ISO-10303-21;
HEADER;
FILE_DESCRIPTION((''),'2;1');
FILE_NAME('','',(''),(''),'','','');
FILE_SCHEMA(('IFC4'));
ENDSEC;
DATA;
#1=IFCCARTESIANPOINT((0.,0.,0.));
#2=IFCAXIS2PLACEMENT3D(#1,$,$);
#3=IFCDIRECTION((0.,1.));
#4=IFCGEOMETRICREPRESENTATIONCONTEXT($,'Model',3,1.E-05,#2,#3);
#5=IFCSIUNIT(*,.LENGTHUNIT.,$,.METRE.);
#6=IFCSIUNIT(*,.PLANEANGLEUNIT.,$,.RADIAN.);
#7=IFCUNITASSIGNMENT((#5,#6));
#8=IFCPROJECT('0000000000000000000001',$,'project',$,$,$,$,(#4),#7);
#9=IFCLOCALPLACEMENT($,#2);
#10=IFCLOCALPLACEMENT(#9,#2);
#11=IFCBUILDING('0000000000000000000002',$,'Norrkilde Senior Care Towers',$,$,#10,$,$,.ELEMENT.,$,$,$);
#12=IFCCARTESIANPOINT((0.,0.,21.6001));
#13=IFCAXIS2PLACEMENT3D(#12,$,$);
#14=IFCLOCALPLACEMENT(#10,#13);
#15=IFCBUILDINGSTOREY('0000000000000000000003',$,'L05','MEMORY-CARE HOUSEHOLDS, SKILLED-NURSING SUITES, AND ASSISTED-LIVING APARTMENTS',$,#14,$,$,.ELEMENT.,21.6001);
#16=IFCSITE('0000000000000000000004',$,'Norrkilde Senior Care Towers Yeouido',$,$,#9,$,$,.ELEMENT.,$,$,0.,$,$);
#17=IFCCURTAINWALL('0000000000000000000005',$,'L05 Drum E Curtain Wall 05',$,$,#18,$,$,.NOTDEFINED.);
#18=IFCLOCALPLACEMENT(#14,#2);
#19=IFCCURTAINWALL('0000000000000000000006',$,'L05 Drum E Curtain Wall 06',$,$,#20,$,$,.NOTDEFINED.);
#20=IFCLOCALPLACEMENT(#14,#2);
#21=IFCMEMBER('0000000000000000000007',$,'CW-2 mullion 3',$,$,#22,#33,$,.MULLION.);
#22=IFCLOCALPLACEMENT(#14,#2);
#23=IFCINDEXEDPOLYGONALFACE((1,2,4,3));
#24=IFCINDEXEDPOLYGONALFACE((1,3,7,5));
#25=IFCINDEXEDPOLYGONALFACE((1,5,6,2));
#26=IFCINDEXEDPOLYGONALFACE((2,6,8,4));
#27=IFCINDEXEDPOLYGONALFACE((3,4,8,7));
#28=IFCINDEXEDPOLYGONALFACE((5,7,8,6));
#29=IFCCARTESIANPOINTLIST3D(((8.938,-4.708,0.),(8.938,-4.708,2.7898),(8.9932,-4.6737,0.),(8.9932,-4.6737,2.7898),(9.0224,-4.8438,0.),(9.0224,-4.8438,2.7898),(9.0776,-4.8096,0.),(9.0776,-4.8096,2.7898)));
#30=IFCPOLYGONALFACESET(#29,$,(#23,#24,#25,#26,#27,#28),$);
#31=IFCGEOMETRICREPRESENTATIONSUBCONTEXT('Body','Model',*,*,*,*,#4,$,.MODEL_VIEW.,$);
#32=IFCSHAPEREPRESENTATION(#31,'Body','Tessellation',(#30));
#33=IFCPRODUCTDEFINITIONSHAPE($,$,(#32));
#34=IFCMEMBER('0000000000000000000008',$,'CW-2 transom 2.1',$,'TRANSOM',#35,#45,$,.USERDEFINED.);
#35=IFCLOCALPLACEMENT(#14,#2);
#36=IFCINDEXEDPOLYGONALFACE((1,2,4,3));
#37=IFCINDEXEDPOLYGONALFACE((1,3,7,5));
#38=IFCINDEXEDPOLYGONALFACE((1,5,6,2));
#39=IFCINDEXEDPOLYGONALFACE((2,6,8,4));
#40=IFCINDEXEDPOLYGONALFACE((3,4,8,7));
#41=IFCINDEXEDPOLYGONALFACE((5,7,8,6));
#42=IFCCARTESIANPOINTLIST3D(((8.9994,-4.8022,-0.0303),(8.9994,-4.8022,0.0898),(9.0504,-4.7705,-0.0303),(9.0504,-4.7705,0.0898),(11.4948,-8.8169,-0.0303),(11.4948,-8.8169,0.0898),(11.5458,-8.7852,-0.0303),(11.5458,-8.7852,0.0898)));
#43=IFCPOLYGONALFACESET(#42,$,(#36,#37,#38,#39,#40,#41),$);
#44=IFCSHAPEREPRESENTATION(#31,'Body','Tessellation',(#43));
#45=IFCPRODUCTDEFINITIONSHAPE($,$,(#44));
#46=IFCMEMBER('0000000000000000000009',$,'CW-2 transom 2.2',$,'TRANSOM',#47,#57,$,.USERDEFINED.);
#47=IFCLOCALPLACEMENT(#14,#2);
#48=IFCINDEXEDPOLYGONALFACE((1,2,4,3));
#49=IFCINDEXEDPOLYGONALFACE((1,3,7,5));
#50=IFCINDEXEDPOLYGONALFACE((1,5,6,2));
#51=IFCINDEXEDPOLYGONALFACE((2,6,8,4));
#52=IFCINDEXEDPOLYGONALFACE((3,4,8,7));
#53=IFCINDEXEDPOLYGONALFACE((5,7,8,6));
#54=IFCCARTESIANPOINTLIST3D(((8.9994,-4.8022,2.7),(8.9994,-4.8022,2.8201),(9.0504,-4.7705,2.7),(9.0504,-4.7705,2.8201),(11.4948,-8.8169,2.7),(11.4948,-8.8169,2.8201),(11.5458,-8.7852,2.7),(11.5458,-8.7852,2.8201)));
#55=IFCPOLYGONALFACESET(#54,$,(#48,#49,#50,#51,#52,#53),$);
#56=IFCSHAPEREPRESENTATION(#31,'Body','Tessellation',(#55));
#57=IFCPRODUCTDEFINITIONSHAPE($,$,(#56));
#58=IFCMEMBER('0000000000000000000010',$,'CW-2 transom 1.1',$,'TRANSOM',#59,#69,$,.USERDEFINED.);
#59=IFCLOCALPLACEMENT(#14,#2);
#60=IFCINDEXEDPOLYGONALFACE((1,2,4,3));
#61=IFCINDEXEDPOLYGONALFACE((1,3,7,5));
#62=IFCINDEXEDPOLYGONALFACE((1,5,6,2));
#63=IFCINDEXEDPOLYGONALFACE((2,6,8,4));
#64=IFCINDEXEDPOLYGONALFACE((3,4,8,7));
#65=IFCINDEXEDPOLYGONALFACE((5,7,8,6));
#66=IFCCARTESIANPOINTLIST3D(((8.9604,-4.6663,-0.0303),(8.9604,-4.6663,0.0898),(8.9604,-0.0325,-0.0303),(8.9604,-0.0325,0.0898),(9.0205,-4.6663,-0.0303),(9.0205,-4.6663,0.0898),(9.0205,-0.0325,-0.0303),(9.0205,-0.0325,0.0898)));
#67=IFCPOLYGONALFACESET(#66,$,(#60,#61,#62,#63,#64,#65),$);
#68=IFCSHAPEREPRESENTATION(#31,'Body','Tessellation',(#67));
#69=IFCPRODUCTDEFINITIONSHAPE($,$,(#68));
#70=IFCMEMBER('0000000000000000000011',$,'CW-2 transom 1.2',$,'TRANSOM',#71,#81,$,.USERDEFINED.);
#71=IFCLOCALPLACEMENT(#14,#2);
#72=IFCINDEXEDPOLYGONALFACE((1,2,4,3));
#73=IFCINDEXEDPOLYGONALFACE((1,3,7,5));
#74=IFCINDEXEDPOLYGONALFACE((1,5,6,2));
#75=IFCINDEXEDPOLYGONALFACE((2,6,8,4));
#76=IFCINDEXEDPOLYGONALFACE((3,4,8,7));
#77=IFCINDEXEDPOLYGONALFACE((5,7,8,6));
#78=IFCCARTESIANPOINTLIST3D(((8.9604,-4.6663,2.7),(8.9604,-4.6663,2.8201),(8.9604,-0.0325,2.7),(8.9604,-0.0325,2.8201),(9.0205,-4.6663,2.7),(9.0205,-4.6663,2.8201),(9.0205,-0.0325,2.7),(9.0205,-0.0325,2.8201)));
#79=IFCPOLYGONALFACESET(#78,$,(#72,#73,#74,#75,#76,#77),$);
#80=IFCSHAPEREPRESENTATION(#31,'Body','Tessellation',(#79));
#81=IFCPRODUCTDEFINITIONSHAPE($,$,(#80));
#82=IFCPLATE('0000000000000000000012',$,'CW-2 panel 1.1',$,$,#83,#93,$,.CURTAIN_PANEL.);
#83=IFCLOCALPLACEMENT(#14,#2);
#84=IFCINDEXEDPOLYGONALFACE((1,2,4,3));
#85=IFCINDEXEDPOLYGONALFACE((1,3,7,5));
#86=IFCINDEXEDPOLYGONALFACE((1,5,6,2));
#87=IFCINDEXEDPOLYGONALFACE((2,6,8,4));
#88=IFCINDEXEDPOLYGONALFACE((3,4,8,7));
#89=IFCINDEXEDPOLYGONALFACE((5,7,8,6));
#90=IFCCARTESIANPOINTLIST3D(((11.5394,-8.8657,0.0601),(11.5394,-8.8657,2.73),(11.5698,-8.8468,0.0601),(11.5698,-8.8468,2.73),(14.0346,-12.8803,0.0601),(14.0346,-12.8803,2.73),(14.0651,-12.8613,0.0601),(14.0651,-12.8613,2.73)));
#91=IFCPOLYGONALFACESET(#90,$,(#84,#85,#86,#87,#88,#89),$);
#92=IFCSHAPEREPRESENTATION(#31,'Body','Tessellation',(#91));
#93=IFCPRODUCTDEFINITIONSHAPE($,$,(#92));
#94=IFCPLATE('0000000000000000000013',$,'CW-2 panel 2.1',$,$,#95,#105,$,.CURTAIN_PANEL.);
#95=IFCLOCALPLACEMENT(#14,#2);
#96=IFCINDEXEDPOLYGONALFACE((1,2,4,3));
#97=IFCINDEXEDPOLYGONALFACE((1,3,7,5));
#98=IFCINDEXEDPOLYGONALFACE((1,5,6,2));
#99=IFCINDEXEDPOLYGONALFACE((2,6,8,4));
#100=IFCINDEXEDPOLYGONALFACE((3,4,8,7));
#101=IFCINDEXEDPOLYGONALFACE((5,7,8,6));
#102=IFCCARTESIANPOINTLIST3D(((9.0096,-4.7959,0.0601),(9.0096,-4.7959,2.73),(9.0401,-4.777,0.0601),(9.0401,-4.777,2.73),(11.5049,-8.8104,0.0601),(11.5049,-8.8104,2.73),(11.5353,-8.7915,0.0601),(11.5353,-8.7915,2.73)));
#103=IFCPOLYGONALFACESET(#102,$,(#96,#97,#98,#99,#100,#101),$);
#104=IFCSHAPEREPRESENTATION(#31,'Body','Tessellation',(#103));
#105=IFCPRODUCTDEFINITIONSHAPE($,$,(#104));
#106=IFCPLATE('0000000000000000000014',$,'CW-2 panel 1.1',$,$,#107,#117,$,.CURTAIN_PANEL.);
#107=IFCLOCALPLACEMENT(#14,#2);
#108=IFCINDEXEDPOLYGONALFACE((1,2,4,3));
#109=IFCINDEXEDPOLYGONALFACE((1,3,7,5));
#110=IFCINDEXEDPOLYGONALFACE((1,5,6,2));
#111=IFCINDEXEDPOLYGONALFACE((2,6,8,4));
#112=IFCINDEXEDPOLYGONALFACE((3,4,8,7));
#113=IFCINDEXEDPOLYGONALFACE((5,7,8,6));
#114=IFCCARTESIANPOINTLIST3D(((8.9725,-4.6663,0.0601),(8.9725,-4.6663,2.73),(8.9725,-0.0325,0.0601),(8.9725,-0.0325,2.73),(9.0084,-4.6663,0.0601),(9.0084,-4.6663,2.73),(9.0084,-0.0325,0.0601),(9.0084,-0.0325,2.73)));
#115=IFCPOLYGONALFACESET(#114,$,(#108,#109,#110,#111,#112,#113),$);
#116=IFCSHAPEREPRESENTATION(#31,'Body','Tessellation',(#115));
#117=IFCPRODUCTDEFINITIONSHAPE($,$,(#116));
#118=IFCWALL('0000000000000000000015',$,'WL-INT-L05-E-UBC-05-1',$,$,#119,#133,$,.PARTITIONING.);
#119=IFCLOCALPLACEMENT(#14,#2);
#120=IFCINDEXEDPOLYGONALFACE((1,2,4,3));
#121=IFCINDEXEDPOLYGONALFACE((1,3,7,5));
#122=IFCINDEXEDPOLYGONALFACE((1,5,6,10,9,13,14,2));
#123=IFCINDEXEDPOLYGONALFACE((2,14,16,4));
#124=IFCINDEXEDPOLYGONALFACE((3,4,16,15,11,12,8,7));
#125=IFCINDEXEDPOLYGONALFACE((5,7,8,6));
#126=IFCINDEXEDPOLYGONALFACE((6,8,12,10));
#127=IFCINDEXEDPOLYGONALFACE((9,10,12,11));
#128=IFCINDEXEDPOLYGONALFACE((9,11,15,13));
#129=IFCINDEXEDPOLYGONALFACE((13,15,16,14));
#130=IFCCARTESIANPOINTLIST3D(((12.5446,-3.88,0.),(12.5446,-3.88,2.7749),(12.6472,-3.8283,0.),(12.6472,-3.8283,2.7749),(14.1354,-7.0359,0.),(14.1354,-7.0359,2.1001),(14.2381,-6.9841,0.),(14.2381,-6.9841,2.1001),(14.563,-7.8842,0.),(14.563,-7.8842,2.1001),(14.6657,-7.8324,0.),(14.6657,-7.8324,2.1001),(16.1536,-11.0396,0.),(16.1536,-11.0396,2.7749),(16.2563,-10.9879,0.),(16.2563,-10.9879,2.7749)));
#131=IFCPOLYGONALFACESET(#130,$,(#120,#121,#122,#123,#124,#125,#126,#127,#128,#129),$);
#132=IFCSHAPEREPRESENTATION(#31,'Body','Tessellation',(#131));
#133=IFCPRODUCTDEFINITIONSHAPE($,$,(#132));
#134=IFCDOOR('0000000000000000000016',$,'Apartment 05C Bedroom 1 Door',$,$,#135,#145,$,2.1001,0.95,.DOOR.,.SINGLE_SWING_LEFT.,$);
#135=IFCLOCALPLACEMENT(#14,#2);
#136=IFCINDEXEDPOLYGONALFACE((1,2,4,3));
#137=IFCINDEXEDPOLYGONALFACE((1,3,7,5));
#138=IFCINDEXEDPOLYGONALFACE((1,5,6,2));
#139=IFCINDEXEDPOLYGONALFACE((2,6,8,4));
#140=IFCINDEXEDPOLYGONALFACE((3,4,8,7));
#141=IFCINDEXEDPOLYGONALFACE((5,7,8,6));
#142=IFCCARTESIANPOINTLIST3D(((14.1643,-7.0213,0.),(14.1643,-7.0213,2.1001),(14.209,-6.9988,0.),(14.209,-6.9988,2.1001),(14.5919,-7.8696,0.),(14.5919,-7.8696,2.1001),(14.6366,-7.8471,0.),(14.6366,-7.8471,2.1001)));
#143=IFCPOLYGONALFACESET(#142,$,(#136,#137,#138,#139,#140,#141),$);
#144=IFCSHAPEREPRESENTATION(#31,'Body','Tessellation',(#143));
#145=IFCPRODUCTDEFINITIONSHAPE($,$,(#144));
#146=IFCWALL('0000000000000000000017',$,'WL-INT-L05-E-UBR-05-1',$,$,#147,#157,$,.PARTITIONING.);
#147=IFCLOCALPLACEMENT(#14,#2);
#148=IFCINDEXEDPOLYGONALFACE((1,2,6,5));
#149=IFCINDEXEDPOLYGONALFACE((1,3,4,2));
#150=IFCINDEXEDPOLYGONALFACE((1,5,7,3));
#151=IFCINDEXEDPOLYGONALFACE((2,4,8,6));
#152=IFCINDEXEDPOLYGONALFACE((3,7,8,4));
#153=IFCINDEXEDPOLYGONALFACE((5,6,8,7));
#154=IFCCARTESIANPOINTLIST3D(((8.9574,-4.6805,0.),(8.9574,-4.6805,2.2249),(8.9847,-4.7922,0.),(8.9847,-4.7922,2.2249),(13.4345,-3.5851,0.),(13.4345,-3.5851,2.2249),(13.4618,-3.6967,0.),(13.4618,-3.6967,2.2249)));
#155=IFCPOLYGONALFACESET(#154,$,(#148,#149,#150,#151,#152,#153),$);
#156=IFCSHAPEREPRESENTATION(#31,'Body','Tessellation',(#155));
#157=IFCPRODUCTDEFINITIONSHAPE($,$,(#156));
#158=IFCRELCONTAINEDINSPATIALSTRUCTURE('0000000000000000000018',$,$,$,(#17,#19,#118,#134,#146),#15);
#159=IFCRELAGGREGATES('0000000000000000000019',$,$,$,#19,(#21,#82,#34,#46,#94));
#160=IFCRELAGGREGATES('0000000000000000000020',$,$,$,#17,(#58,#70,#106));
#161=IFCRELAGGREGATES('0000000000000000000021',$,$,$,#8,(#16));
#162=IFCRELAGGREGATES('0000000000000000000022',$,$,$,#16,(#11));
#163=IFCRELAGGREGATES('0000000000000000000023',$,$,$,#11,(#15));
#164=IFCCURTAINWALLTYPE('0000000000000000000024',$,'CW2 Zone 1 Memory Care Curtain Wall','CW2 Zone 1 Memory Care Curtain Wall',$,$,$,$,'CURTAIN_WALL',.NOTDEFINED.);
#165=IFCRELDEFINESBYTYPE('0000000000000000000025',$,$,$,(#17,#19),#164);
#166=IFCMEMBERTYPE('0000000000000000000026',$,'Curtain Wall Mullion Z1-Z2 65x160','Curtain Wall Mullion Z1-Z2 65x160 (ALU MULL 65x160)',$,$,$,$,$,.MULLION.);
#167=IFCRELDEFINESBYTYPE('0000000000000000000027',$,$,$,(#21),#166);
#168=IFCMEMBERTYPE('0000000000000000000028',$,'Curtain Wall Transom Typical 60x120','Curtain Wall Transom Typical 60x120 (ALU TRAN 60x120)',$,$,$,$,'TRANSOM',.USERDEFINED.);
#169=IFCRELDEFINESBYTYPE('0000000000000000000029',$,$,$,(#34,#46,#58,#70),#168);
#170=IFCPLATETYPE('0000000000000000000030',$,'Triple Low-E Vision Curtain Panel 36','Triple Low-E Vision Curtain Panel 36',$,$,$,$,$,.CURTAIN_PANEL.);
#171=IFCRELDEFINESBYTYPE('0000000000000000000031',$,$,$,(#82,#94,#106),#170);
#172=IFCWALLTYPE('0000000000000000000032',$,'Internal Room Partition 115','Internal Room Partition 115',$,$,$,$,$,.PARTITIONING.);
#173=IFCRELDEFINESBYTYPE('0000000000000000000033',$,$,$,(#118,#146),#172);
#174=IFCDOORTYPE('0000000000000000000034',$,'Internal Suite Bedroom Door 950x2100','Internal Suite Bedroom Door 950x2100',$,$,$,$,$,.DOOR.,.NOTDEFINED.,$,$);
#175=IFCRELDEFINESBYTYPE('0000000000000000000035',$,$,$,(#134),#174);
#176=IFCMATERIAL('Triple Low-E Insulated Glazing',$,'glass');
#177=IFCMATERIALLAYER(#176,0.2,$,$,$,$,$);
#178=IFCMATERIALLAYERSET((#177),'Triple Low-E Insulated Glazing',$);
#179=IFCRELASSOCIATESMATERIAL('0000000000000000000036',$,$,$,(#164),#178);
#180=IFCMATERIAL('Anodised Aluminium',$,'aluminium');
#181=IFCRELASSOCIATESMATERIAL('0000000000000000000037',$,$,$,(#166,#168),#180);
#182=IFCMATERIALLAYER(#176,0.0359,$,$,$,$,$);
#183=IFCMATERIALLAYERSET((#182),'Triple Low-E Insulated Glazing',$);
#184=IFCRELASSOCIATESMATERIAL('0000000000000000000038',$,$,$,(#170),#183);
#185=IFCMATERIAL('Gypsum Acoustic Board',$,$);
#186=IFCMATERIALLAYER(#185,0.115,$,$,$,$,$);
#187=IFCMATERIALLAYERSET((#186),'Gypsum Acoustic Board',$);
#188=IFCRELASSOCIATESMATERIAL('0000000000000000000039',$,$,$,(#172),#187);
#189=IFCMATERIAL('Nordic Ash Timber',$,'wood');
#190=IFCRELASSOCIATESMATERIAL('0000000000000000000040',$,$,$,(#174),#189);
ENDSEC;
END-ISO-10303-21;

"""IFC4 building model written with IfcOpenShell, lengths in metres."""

from ifc_helpers import new_model, si_unit, direction, frame, frame_2d, origin, origin_2d, place, context, subcontext, project, spatial, rectangle, extrude, source, transform, mapped, material, layer, layer_set, material_profile, profile_set, type_object, type_shapes, element, fill, aggregate, save


model = new_model("IFC4")

# Units and contexts
model_context = context("Model", 3, precision=1e-05, world=origin(), true_north=direction((0.0, 1.0)))
body_context = subcontext(model_context, "Body", "Model", "MODEL_VIEW")
ifc_project = project(units=[si_unit("LENGTHUNIT", "METRE"), si_unit("PLANEANGLEUNIT", "RADIAN")], contexts=[model_context])

# Site, building, storey
site_placement = place(None, origin())
site = spatial("IfcSite", under=ifc_project, at=site_placement, Name="Norrkilde Senior Care Towers Yeouido", CompositionType="ELEMENT", RefElevation=0.0)
building_placement = place(site_placement, origin())
building = spatial("IfcBuilding", under=site, at=building_placement, Name="Norrkilde Senior Care Towers", CompositionType="ELEMENT")
storey_placement = place(building_placement, frame((0.0, 0.0, 21.6001)))
storey = spatial("IfcBuildingStorey", under=building, at=storey_placement, Name="L05", Description="MEMORY-CARE HOUSEHOLDS, SKILLED-NURSING SUITES, AND ASSISTED-LIVING APARTMENTS", CompositionType="ELEMENT", Elevation=21.6001)

# Curtain wall
ifc_material_1 = material(Name="Triple Low-E Insulated Glazing", Category="glass")
ifc_layer_1 = layer(ifc_material_1, 0.2)
ifc_layer_set_1 = layer_set([ifc_layer_1], Name="Triple Low-E Insulated Glazing")
curtain_wall_type = type_object("IfcCurtainWallType", Name="CW2 Zone 1 Memory Care Curtain Wall", Description="CW2 Zone 1 Memory Care Curtain Wall", ElementType="CURTAIN_WALL", PredefinedType="NOTDEFINED", material=ifc_layer_set_1)
curtain_wall_1_placement = place(storey_placement, origin())
curtain_wall_1 = element("IfcCurtainWall", 1, at=curtain_wall_1_placement, inside=storey, type_object=curtain_wall_type, Name="L05 Drum E Curtain Wall 05", PredefinedType="NOTDEFINED")
ifc_material_2 = material(Name="Anodised Aluminium", Category="aluminium")
ifc_material_profile_1 = material_profile(ifc_material_2, rectangle(XDim=0.0649, YDim=0.1599, at=origin_2d()), Name="ALU MULL 65x160")
ifc_profile_set_1 = profile_set([ifc_material_profile_1], Name="Anodised Aluminium")
member_type_1 = type_object("IfcMemberType", Name="Curtain Wall Mullion Z1-Z2 65x160", Description="Curtain Wall Mullion Z1-Z2 65x160 (ALU MULL 65x160)", PredefinedType="MULLION", material=ifc_profile_set_1)
shared_shape_1 = source(origin(), body_context, "Body", "SweptSolid", [
    extrude(rectangle(XDim=0.0649, YDim=0.1599, at=origin_2d()), origin(), (0.0, 0.0, 1.0), 2.7898),
])
type_shapes(member_type_1, [shared_shape_1])

# Curtain wall, members
curtain_wall_2_placement = place(storey_placement, origin())
curtain_wall_2 = element("IfcCurtainWall", 2, at=curtain_wall_2_placement, inside=storey, type_object=curtain_wall_type, Name="L05 Drum E Curtain Wall 06", PredefinedType="NOTDEFINED")
member_1_placement = place(storey_placement, frame((9.0078, -4.7588, 0.0), z_axis=(0.0, 0.0, 1.0), x_axis=(-0.849306, -0.527901, 0.0)))
member_1 = element("IfcMember", 3, at=member_1_placement, type_object=member_type_1, Name="CW-2 mullion 3", PredefinedType="MULLION", context=body_context, shape_type="MappedRepresentation", body=[
    mapped(shared_shape_1, transform((0.0, 0.0, 0.0), x_axis=(1.0, 0.0, 0.0), y_axis=(0.0, 1.0, 0.0), z_axis=(0.0, 0.0, 1.0), scale=1.0)),
])
ifc_material_profile_2 = material_profile(ifc_material_2, rectangle(XDim=0.0601, YDim=0.1201, at=origin_2d()), Name="ALU TRAN 60x120")
ifc_profile_set_2 = profile_set([ifc_material_profile_2], Name="Anodised Aluminium")
member_type_2 = type_object("IfcMemberType", Name="Curtain Wall Transom Typical 60x120", Description="Curtain Wall Transom Typical 60x120 (ALU TRAN 60x120)", ElementType="TRANSOM", PredefinedType="USERDEFINED", material=ifc_profile_set_2)
shared_shape_2 = source(origin(), body_context, "Body", "SweptSolid", [
    extrude(rectangle(XDim=0.0601, YDim=0.1201, at=origin_2d()), origin(), (0.0, 0.0, 1.0), 4.7271),
])
member_2_placement = place(storey_placement, frame((11.5203, -8.801, 0.0298), z_axis=(-0.527899, 0.849307, 0.0), x_axis=(-0.849307, -0.527899, 0.0)))
member_2 = element("IfcMember", 4, at=member_2_placement, type_object=member_type_2, Name="CW-2 transom 2.1", ObjectType="TRANSOM", PredefinedType="USERDEFINED", context=body_context, shape_type="MappedRepresentation", body=[
    mapped(shared_shape_2, transform((0.0, 0.0, 0.0), x_axis=(1.0, 0.0, 0.0), y_axis=(0.0, 1.0, 0.0), z_axis=(0.0, 0.0, 1.0), scale=1.0)),
])
member_3_placement = place(storey_placement, frame((11.5203, -8.801, 2.76), z_axis=(-0.527899, 0.849307, 0.0), x_axis=(-0.849307, -0.527899, 0.0)))
member_3 = element("IfcMember", 5, at=member_3_placement, type_object=member_type_2, Name="CW-2 transom 2.2", ObjectType="TRANSOM", PredefinedType="USERDEFINED", context=body_context, shape_type="MappedRepresentation", body=[
    mapped(shared_shape_2, transform((0.0, 0.0, 0.0), x_axis=(1.0, 0.0, 0.0), y_axis=(0.0, 1.0, 0.0), z_axis=(0.0, 0.0, 1.0), scale=1.0)),
])

# Members
shared_shape_3 = source(origin(), body_context, "Body", "SweptSolid", [
    extrude(rectangle(XDim=0.0601, YDim=0.1201, at=origin_2d()), origin(), (0.0, 0.0, 1.0), 4.6338),
])
type_shapes(member_type_2, [shared_shape_2, shared_shape_3])
member_4_placement = place(storey_placement, frame((8.9905, -4.6663, 0.0298), z_axis=(0.0, 1.0, 0.0), x_axis=(-1.0, 0.0, 0.0)))
member_4 = element("IfcMember", 6, at=member_4_placement, type_object=member_type_2, Name="CW-2 transom 1.1", ObjectType="TRANSOM", PredefinedType="USERDEFINED", context=body_context, shape_type="MappedRepresentation", body=[
    mapped(shared_shape_3, transform((0.0, 0.0, 0.0), x_axis=(1.0, 0.0, 0.0), y_axis=(0.0, 1.0, 0.0), z_axis=(0.0, 0.0, 1.0), scale=1.0)),
])
member_5_placement = place(storey_placement, frame((8.9905, -4.6663, 2.76), z_axis=(0.0, 1.0, 0.0), x_axis=(-1.0, 0.0, 0.0)))
member_5 = element("IfcMember", 7, at=member_5_placement, type_object=member_type_2, Name="CW-2 transom 1.2", ObjectType="TRANSOM", PredefinedType="USERDEFINED", context=body_context, shape_type="MappedRepresentation", body=[
    mapped(shared_shape_3, transform((0.0, 0.0, 0.0), x_axis=(1.0, 0.0, 0.0), y_axis=(0.0, 1.0, 0.0), z_axis=(0.0, 0.0, 1.0), scale=1.0)),
])

# Plates
ifc_layer_2 = layer(ifc_material_1, 0.0359)
ifc_layer_set_2 = layer_set([ifc_layer_2], Name="Triple Low-E Insulated Glazing")
plate_type = type_object("IfcPlateType", Name="Triple Low-E Vision Curtain Panel 36", Description="Triple Low-E Vision Curtain Panel 36", PredefinedType="CURTAIN_PANEL", material=ifc_layer_set_2)
shared_shape_4 = source(origin(), body_context, "Body", "SweptSolid", [
    extrude(rectangle(XDim=4.7268, YDim=0.0359, at=origin_2d()), origin(), (0.0, 0.0, 1.0), 2.6699),
])
plate_1_placement = place(storey_placement, frame((12.8022, -10.8635, 0.0601), z_axis=(0.0, 0.0, 1.0), x_axis=(-0.527901, 0.849306, 0.0)))
plate_1 = element("IfcPlate", 8, at=plate_1_placement, type_object=plate_type, Name="CW-2 panel 1.1", PredefinedType="CURTAIN_PANEL", context=body_context, shape_type="MappedRepresentation", body=[
    mapped(shared_shape_4, transform((0.0, 0.0, 0.0), x_axis=(1.0, 0.0, 0.0), y_axis=(0.0, 1.0, 0.0), z_axis=(0.0, 0.0, 1.0), scale=1.0)),
])
plate_2_placement = place(storey_placement, frame((10.2725, -6.7937, 0.0601), z_axis=(0.0, 0.0, 1.0), x_axis=(-0.527901, 0.849306, 0.0)))
plate_2 = element("IfcPlate", 9, at=plate_2_placement, type_object=plate_type, Name="CW-2 panel 2.1", PredefinedType="CURTAIN_PANEL", context=body_context, shape_type="MappedRepresentation", body=[
    mapped(shared_shape_4, transform((0.0, 0.0, 0.0), x_axis=(1.0, 0.0, 0.0), y_axis=(0.0, 1.0, 0.0), z_axis=(0.0, 0.0, 1.0), scale=1.0)),
])
aggregate(curtain_wall_2, [member_1, plate_1, member_2, member_3, plate_2])
shared_shape_5 = source(origin(), body_context, "Body", "SweptSolid", [
    extrude(rectangle(XDim=4.6338, YDim=0.0359, at=origin_2d()), origin(), (0.0, 0.0, 1.0), 2.6699),
])
type_shapes(plate_type, [shared_shape_4, shared_shape_5])
plate_3_placement = place(storey_placement, frame((8.9905, -2.3494, 0.0601), z_axis=(0.0, 0.0, 1.0), x_axis=(0.0, 1.0, 0.0)))
plate_3 = element("IfcPlate", 10, at=plate_3_placement, type_object=plate_type, Name="CW-2 panel 1.1", PredefinedType="CURTAIN_PANEL", context=body_context, shape_type="MappedRepresentation", body=[
    mapped(shared_shape_5, transform((0.0, 0.0, 0.0), x_axis=(1.0, 0.0, 0.0), y_axis=(0.0, 1.0, 0.0), z_axis=(0.0, 0.0, 1.0), scale=1.0)),
])
aggregate(curtain_wall_1, [member_4, member_5, plate_3])

# Wall, opening, door
ifc_material_3 = material(Name="Gypsum Acoustic Board")
ifc_layer_3 = layer(ifc_material_3, 0.115)
ifc_layer_set_3 = layer_set([ifc_layer_3], Name="Gypsum Acoustic Board")
wall_type = type_object("IfcWallType", Name="Internal Room Partition 115", Description="Internal Room Partition 115", PredefinedType="PARTITIONING", material=ifc_layer_set_3)
shared_shape_6 = source(origin(), body_context, "Body", "SweptSolid", [
    extrude(rectangle(XDim=8.0178, YDim=0.115, at=frame_2d((4.0088, 0.0))), origin(), (0.0, 0.0, 1.0), 2.7749),
])
wall_1_placement = place(storey_placement, frame((12.5959, -3.8542, 0.0), z_axis=(0.0, 0.0, 1.0), x_axis=(0.450134, -0.892961, 0.0)))
wall_1 = element("IfcWall", 11, at=wall_1_placement, inside=storey, type_object=wall_type, Name="WL-INT-L05-E-UBC-05-1", PredefinedType="PARTITIONING", context=body_context, shape_type="MappedRepresentation", body=[
    mapped(shared_shape_6, transform((0.0, 0.0, 0.0), x_axis=(1.0, 0.0, 0.0), y_axis=(0.0, 1.0, 0.0), z_axis=(0.0, 0.0, 1.0), scale=1.0)),
])
opening_placement = place(wall_1_placement, frame((3.5339, 0.0, 0.0)))
opening = element("IfcOpeningElement", 12, at=opening_placement, cuts=wall_1, PredefinedType="OPENING", context=body_context, shape_type="SweptSolid", body=[
    extrude(rectangle(XDim=0.95, YDim=2.1001, at=frame_2d((0.4751, 1.05))), frame((0.0, 0.0674, 0.0), z_axis=(0.0, -1.0, 0.0), x_axis=(1.0, 0.0, 0.0)), (0.0, 0.0, 1.0), 0.135),
])
ifc_material_4 = material(Name="Nordic Ash Timber", Category="wood")
door_type = type_object("IfcDoorType", Name="Internal Suite Bedroom Door 950x2100", Description="Internal Suite Bedroom Door 950x2100", OperationType="NOTDEFINED", PredefinedType="DOOR", material=ifc_material_4)
shared_shape_7 = source(origin(), body_context, "Body", "SweptSolid", [
    extrude(rectangle(XDim=0.95, YDim=2.1001, at=frame_2d((0.4751, 1.05))), frame((0.0, 0.0249, 0.0), z_axis=(0.0, -1.0, 0.0), x_axis=(1.0, 0.0, 0.0)), (0.0, 0.0, 1.0), 0.05),
])
type_shapes(door_type, [shared_shape_7])
door_placement = place(opening_placement, origin())
door = element("IfcDoor", 13, at=door_placement, inside=storey, type_object=door_type, Name="Apartment 05C Bedroom 1 Door", OperationType="SINGLE_SWING_LEFT", OverallHeight=2.1001, OverallWidth=0.95, PredefinedType="DOOR", context=body_context, shape_type="MappedRepresentation", body=[
    mapped(shared_shape_7, transform((0.0, 0.0, 0.0), x_axis=(1.0, 0.0, 0.0), y_axis=(0.0, 1.0, 0.0), z_axis=(0.0, 0.0, 1.0), scale=1.0)),
])
fill(opening, door)

# Wall
shared_shape_8 = source(origin(), body_context, "Body", "SweptSolid", [
    extrude(rectangle(XDim=4.6091, YDim=0.115, at=frame_2d((2.3047, 0.0))), origin(), (0.0, 0.0, 1.0), 2.2249),
])
type_shapes(wall_type, [shared_shape_6, shared_shape_8])
wall_2_placement = place(storey_placement, frame((13.4482, -3.6409, 0.0), z_axis=(0.0, 0.0, 1.0), x_axis=(-0.971345, -0.237672, 0.0)))
element("IfcWall", 14, at=wall_2_placement, inside=storey, type_object=wall_type, Name="WL-INT-L05-E-UBR-05-1", PredefinedType="PARTITIONING", context=body_context, shape_type="MappedRepresentation", body=[
    mapped(shared_shape_8, transform((0.0, 0.0, 0.0), x_axis=(1.0, 0.0, 0.0), y_axis=(0.0, 1.0, 0.0), z_axis=(0.0, 0.0, 1.0), scale=1.0)),
])

save(model, "model.ifc")
